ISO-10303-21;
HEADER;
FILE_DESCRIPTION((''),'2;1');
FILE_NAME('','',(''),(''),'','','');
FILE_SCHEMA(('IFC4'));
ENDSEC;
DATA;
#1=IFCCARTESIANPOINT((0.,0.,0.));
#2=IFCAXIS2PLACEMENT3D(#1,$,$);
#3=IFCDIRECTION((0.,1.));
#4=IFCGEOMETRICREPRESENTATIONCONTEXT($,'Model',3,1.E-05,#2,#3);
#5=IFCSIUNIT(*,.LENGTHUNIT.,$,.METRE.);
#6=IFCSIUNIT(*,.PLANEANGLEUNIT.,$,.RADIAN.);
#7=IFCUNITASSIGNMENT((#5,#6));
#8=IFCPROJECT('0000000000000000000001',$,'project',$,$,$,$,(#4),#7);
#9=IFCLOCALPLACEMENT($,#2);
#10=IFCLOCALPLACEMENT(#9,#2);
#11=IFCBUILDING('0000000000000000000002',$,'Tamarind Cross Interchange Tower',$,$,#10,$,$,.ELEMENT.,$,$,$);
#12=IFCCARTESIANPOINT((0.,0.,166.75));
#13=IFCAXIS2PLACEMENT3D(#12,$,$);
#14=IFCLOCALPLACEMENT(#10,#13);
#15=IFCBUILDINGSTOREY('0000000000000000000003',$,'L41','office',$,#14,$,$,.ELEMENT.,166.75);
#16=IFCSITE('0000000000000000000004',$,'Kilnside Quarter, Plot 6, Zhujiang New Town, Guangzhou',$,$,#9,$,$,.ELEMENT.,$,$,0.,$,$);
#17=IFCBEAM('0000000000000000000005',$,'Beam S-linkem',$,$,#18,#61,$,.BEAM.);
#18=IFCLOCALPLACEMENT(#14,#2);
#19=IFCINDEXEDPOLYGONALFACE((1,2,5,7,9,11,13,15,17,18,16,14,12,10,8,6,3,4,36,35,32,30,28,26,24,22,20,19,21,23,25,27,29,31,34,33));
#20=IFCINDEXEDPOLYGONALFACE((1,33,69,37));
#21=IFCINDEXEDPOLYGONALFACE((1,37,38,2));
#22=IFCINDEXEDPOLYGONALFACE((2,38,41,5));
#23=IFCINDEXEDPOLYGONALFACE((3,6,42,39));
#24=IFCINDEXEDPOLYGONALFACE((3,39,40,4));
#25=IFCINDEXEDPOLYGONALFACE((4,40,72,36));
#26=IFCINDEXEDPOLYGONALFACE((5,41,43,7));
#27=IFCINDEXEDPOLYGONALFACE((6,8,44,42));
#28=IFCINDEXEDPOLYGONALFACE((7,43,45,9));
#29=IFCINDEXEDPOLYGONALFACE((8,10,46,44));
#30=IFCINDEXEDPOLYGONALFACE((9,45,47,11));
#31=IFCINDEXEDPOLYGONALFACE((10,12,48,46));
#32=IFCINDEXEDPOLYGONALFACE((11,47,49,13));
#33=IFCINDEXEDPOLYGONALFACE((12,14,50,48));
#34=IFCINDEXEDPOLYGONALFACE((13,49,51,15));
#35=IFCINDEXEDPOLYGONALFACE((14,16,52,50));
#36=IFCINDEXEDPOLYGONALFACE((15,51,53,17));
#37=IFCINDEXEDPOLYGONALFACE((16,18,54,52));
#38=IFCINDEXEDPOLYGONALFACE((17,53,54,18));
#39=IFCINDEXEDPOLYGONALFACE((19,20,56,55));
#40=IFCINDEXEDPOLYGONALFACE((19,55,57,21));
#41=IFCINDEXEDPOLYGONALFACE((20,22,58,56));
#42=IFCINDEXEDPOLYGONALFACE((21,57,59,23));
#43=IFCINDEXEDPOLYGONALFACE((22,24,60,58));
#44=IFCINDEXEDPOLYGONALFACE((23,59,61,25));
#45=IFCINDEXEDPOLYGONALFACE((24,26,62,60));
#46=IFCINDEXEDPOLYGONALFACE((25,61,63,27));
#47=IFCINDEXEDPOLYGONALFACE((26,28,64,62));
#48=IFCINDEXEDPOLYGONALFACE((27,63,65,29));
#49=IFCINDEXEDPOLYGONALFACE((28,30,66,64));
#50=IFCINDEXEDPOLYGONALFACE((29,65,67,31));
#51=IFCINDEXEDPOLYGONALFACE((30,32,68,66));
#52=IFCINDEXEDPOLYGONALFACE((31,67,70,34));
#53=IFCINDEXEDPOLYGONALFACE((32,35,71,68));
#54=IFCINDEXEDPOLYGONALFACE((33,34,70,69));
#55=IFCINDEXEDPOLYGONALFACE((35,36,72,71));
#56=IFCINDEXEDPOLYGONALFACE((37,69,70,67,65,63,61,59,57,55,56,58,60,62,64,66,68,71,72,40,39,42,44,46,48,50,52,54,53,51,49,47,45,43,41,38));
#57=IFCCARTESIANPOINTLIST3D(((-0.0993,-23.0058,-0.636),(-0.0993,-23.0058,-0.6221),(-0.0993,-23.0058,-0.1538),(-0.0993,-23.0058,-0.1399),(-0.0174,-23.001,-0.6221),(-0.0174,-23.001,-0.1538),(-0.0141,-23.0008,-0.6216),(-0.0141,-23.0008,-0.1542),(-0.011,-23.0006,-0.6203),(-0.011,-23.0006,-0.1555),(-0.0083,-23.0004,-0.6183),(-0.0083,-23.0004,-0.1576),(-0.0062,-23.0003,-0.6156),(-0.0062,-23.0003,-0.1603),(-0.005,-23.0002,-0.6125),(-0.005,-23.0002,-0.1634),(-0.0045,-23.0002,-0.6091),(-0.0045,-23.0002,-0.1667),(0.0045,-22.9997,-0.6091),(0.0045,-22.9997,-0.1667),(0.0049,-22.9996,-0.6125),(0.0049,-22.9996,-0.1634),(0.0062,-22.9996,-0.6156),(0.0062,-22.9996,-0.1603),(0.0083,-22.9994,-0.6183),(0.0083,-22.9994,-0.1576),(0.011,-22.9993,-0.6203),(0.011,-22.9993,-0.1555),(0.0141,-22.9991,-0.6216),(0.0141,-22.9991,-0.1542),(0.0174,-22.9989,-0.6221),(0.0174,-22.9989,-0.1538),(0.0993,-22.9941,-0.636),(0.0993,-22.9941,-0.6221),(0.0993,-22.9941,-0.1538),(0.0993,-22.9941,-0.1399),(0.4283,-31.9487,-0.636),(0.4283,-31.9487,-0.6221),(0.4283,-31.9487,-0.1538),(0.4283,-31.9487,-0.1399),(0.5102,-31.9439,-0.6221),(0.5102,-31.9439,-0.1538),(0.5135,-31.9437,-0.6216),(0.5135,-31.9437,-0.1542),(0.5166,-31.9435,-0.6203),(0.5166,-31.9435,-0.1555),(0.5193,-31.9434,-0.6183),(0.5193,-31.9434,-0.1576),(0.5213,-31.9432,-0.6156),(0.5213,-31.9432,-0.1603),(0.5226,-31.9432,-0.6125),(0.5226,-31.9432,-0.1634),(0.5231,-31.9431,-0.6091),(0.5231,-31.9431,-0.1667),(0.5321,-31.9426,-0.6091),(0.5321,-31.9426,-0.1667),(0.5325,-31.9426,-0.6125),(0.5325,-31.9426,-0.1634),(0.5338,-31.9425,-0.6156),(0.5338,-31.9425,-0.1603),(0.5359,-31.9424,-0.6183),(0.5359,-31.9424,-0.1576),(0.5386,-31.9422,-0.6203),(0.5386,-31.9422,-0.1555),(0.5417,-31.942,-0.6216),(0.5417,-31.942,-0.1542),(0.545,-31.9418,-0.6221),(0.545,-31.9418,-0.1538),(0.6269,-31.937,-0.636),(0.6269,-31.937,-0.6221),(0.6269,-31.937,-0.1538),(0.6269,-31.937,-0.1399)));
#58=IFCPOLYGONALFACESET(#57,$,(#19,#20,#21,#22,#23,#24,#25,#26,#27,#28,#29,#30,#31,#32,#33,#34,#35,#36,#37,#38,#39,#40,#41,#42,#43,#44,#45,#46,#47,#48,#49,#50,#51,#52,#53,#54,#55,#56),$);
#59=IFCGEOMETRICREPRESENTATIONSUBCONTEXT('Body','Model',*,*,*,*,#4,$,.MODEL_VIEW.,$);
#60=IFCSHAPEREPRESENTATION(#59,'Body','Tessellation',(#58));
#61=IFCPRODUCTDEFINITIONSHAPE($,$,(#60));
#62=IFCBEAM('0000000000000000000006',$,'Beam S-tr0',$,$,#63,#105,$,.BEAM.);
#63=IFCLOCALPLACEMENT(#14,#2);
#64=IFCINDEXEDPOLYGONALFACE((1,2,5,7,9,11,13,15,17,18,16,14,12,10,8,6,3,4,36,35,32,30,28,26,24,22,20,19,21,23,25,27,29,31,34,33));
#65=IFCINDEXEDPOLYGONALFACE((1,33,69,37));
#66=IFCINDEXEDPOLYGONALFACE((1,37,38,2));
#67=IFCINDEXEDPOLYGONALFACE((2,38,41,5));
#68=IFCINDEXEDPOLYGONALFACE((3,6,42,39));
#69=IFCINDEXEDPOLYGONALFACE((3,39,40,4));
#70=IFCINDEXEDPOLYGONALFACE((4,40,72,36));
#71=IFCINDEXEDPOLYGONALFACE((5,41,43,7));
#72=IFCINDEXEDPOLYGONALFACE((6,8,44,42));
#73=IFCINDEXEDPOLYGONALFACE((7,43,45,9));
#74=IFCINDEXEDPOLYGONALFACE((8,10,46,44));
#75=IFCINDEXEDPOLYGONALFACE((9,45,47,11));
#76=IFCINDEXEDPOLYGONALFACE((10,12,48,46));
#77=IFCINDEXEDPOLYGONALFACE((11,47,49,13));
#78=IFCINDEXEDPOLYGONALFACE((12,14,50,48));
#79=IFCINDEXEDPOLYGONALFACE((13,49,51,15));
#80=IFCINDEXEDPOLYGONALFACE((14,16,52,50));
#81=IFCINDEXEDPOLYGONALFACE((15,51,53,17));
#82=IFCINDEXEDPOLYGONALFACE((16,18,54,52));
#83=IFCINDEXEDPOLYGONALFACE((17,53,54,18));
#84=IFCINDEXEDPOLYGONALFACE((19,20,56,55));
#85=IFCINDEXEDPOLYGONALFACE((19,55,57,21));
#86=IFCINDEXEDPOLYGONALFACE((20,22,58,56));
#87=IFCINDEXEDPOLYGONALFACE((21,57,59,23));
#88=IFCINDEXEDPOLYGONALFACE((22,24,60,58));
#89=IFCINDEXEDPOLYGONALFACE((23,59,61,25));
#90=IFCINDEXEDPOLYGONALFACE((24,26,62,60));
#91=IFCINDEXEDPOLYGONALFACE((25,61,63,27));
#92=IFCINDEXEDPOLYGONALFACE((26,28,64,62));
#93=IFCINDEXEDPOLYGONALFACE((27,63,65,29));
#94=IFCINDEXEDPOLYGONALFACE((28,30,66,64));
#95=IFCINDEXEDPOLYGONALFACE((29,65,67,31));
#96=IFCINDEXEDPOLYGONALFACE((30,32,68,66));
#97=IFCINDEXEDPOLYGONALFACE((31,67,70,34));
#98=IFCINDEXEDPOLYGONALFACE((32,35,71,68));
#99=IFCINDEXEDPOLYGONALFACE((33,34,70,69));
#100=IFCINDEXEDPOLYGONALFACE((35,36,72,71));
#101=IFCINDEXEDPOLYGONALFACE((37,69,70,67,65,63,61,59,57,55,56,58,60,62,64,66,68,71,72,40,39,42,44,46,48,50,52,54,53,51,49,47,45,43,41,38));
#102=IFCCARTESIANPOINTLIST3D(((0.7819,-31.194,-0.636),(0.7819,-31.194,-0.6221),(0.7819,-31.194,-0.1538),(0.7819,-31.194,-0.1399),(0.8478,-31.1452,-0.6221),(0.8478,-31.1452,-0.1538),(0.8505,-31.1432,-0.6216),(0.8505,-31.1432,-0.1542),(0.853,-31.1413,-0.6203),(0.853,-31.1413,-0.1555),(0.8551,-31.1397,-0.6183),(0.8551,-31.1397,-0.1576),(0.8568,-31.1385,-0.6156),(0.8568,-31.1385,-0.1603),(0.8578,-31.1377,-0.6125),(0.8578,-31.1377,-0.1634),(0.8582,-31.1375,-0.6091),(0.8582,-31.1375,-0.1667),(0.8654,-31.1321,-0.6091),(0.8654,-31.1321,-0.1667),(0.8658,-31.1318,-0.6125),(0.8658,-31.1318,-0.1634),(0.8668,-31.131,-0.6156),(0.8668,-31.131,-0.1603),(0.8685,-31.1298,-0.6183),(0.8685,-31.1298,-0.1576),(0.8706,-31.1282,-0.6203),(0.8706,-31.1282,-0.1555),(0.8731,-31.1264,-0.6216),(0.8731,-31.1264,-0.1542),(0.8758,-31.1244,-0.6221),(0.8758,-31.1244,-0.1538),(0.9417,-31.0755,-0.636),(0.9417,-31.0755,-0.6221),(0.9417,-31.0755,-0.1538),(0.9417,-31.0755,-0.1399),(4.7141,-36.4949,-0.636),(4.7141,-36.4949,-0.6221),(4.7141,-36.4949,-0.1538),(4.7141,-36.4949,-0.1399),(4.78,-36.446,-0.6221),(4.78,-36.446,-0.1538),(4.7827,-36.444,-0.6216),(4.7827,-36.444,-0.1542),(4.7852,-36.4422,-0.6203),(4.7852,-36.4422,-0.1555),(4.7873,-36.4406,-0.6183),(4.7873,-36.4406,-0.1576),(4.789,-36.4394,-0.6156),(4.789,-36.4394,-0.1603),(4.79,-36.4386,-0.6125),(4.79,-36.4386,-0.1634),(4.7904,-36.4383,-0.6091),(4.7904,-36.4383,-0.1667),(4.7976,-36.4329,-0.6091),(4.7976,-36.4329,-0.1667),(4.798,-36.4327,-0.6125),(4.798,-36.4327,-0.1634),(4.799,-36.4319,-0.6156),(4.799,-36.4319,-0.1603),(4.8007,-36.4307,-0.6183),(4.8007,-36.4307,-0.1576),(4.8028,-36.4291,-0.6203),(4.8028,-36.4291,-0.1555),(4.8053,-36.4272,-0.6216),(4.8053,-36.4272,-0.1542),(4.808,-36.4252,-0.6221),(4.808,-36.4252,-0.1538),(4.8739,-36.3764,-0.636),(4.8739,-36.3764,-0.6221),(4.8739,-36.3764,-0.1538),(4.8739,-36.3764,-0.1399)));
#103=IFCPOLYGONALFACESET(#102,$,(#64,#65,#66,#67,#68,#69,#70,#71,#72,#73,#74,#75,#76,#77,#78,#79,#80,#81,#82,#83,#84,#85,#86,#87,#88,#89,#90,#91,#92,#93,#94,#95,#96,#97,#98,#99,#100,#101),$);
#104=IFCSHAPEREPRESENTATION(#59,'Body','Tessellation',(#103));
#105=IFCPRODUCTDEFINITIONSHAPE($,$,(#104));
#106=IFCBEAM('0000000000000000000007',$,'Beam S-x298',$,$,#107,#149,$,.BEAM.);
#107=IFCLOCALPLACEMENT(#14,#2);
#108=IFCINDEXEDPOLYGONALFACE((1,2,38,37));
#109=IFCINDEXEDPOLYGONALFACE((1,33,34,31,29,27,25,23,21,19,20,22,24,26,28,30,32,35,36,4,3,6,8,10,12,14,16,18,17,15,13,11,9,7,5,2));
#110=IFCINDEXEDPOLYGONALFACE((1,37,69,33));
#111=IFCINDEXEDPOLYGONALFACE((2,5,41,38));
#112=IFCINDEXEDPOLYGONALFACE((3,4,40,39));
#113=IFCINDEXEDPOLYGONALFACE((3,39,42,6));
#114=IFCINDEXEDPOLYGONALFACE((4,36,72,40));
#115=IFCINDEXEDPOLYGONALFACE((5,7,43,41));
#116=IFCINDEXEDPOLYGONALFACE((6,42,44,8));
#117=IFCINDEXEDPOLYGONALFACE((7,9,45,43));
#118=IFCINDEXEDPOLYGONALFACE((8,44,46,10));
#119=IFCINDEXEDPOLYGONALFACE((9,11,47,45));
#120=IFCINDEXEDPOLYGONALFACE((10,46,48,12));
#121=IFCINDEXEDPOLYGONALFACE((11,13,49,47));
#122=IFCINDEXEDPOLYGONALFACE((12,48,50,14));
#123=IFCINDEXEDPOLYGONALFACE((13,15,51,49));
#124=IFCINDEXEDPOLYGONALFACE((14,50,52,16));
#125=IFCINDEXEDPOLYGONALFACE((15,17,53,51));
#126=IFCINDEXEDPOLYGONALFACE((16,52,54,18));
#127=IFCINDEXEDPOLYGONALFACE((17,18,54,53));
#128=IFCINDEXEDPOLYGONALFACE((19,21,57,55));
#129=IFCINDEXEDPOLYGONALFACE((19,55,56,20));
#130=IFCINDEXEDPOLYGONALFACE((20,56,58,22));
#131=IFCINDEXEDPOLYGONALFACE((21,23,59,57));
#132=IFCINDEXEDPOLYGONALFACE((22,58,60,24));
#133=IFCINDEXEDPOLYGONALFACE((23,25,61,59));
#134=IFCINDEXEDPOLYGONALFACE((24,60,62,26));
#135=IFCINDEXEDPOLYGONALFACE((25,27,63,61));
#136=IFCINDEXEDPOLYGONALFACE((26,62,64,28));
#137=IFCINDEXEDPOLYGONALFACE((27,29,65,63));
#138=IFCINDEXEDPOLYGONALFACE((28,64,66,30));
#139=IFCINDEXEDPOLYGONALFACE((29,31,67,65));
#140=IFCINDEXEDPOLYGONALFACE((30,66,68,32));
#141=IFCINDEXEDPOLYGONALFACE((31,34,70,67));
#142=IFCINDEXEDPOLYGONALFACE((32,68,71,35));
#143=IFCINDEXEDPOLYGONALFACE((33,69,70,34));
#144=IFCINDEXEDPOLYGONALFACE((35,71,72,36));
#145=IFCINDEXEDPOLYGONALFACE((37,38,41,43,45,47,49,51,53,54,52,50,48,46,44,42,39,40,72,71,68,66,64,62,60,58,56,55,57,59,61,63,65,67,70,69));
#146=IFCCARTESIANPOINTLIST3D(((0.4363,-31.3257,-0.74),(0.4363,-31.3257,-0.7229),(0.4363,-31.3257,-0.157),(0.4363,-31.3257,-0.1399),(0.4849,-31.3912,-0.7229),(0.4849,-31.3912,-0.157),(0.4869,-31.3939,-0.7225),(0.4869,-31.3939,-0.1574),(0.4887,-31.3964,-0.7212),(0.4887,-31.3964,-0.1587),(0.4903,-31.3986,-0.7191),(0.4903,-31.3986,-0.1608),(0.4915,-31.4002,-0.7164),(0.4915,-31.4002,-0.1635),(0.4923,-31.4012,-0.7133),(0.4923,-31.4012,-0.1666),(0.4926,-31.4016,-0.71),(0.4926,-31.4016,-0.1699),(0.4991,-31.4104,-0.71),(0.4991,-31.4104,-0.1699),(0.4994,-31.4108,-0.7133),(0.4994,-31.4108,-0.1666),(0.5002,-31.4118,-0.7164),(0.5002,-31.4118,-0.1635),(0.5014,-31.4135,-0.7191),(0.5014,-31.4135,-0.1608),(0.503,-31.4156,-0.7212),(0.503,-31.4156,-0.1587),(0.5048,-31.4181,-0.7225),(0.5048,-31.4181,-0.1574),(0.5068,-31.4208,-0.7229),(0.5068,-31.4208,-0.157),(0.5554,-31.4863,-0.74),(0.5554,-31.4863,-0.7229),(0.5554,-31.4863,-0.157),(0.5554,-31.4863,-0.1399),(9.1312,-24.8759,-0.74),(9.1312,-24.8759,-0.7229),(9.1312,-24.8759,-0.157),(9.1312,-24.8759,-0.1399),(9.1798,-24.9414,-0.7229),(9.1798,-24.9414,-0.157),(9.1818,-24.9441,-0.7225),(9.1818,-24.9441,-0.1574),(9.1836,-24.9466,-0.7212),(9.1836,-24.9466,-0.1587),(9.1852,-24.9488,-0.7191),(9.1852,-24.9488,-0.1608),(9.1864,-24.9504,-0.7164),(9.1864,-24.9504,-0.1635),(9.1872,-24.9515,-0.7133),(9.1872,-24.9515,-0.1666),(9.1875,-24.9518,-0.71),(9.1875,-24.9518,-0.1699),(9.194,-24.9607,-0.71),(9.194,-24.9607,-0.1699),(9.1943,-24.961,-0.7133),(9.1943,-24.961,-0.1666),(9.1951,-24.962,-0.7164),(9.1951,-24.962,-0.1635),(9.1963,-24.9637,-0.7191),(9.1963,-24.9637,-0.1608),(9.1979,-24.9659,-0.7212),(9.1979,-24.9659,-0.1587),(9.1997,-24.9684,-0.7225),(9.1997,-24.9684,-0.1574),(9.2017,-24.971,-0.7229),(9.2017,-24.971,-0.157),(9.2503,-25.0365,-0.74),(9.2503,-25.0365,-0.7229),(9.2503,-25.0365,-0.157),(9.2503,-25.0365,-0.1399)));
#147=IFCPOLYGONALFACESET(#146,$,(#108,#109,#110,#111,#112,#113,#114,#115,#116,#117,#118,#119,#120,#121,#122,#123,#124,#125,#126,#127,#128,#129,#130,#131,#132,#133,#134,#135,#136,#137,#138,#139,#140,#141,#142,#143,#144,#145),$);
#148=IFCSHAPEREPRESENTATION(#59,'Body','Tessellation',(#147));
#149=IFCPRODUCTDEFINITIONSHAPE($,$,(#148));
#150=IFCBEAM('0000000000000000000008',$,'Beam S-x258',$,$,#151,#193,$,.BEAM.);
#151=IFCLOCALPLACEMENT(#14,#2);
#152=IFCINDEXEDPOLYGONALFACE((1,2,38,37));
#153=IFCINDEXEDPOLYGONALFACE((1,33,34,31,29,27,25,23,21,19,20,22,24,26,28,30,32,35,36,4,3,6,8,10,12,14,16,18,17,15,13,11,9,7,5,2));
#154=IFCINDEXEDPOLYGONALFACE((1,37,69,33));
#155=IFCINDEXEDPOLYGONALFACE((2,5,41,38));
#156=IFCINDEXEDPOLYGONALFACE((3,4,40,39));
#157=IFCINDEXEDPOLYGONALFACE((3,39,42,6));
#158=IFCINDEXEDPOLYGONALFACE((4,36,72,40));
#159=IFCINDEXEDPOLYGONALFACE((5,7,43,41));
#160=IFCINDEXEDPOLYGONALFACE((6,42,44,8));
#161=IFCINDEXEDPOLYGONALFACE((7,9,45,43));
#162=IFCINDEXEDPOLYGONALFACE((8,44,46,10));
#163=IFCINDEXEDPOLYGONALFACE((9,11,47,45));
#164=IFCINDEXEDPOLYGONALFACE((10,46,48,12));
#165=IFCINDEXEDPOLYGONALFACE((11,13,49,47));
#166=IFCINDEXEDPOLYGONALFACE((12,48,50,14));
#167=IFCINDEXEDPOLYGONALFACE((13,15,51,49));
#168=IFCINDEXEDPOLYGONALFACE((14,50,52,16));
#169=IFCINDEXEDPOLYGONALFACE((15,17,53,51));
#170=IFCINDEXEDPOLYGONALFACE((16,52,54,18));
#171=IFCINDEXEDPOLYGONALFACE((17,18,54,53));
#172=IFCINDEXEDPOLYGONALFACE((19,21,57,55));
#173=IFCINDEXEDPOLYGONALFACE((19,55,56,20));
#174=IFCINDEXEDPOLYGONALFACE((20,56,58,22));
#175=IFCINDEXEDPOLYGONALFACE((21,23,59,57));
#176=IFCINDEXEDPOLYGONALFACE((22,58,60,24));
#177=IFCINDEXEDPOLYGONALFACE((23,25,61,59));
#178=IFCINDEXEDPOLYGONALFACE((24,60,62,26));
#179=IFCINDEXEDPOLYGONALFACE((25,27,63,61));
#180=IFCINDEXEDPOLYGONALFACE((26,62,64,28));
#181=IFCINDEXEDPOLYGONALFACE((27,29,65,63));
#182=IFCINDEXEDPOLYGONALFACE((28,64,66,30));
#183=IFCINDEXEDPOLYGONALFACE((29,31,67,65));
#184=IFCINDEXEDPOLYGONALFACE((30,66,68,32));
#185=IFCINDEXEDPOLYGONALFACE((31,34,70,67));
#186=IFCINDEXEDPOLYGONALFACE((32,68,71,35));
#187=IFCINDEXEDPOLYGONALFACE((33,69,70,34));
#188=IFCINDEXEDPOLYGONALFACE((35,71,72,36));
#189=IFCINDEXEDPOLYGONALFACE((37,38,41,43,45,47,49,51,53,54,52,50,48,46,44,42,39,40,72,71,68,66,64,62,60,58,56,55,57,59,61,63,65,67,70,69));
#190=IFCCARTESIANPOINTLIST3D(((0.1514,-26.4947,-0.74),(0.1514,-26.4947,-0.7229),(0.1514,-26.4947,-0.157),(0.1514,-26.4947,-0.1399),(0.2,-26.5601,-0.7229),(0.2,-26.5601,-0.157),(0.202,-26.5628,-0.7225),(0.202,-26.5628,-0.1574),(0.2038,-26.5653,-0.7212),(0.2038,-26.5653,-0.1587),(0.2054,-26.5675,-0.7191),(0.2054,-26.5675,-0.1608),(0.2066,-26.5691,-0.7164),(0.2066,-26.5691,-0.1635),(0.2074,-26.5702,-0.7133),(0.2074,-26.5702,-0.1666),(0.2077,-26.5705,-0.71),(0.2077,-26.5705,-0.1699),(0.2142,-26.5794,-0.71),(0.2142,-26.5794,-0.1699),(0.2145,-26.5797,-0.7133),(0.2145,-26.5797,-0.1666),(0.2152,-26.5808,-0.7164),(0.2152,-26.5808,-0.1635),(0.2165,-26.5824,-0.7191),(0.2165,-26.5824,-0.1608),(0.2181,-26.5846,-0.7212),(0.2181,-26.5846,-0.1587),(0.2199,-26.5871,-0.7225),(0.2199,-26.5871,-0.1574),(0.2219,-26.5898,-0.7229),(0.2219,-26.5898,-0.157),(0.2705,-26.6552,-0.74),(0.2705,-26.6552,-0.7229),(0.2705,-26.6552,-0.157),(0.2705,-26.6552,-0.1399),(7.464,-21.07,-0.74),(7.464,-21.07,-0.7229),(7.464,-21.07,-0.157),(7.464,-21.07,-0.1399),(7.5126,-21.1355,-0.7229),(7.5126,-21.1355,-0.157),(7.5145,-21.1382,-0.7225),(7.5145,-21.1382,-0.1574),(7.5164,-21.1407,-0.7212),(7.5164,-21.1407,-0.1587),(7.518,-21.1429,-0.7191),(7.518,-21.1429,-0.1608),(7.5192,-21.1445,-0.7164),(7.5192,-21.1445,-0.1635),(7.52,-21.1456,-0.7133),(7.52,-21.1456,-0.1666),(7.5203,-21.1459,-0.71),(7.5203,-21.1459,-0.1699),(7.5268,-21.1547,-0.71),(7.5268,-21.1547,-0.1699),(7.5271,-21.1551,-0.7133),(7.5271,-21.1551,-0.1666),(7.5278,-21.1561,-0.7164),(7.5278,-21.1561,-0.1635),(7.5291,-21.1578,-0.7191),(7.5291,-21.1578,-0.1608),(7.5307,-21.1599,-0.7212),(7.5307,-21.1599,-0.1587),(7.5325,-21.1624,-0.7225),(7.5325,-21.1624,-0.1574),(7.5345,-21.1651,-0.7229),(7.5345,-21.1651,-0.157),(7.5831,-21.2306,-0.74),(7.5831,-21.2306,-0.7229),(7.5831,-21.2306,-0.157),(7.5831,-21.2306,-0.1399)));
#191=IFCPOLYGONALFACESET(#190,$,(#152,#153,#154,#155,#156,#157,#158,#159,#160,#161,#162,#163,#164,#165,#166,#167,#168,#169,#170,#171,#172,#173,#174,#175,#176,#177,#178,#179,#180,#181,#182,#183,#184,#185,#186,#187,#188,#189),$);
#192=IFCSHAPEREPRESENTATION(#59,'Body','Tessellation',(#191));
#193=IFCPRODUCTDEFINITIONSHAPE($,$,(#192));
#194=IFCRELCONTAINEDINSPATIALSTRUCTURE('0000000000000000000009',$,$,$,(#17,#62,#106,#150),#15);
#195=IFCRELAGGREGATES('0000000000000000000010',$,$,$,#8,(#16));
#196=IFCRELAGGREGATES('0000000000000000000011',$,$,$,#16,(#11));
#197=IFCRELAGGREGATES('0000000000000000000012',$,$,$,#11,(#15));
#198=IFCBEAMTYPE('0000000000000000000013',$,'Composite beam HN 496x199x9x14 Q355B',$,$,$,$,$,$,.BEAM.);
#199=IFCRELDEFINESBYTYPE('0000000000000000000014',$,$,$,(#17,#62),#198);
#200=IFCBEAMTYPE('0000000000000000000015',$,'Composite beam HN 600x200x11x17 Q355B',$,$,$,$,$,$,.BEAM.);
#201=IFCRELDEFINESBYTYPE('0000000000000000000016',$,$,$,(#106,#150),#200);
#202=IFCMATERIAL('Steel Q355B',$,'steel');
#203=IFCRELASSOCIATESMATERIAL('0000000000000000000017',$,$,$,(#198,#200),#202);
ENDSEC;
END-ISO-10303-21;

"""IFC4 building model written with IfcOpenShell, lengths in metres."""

from ifc_helpers import new_model, si_unit, direction, frame, origin, origin_2d, place, context, subcontext, project, spatial, i_section, extrude, material, material_profile, profile_set, type_object, element, save


model = new_model("IFC4")

# Units and contexts
model_context = context("Model", 3, precision=1e-05, world=origin(), true_north=direction((0.0, 1.0)))
body_context = subcontext(model_context, "Body", "Model", "MODEL_VIEW")
ifc_project = project(units=[si_unit("LENGTHUNIT", "METRE"), si_unit("PLANEANGLEUNIT", "RADIAN")], contexts=[model_context])

# Site, building, storey
site_placement = place(None, origin())
site = spatial("IfcSite", under=ifc_project, at=site_placement, Name="Kilnside Quarter, Plot 6, Zhujiang New Town, Guangzhou", CompositionType="ELEMENT", RefElevation=0.0)
building_placement = place(site_placement, origin())
building = spatial("IfcBuilding", under=site, at=building_placement, Name="Tamarind Cross Interchange Tower", CompositionType="ELEMENT")
storey_placement = place(building_placement, frame((0.0, 0.0, 166.75)))
storey = spatial("IfcBuildingStorey", under=building, at=storey_placement, Name="L41", Description="office", CompositionType="ELEMENT", Elevation=166.75)

# Beams
ifc_material_1 = material(Name="Steel Q355B", Category="steel")
ifc_material_profile_1 = material_profile(ifc_material_1, i_section(OverallWidth=0.199, OverallDepth=0.4961, WebThickness=0.009, FlangeThickness=0.0139, FilletRadius=0.0129, at=origin_2d()), Name="HN 496x199x9x14")
ifc_profile_set_1 = profile_set([ifc_material_profile_1], Name="Steel Q355B")
beam_type_1 = type_object("IfcBeamType", Name="Composite beam HN 496x199x9x14 Q355B", PredefinedType="BEAM", material=ifc_profile_set_1)
beam_1_placement = place(storey_placement, frame((0.5276, -31.9429, -0.3879), z_axis=(-0.058893, 0.998264, 0.0), x_axis=(-0.998264, -0.058893, 0.0)))
element("IfcBeam", 1, at=beam_1_placement, inside=storey, type_object=beam_type_1, Name="Beam S-linkem", PredefinedType="BEAM", context=body_context, shape_type="SweptSolid", body=[
    extrude(i_section(OverallWidth=0.199, OverallDepth=0.4961, WebThickness=0.009, FlangeThickness=0.0139, FilletRadius=0.0129, at=origin_2d()), origin(), (0.0, 0.0, 1.0), 8.9585),
])
beam_2_placement = place(storey_placement, frame((0.8618, -31.1348, -0.3879), z_axis=(0.595778, -0.803149, 0.0), x_axis=(0.803149, 0.595778, 0.0)))
element("IfcBeam", 2, at=beam_2_placement, inside=storey, type_object=beam_type_1, Name="Beam S-tr0", PredefinedType="BEAM", context=body_context, shape_type="SweptSolid", body=[
    extrude(i_section(OverallWidth=0.199, OverallDepth=0.4961, WebThickness=0.009, FlangeThickness=0.0139, FilletRadius=0.0129, at=origin_2d()), origin(), (0.0, 0.0, 1.0), 6.6001),
])
ifc_material_profile_2 = material_profile(ifc_material_1, i_section(OverallWidth=0.2, OverallDepth=0.6001, WebThickness=0.011, FlangeThickness=0.0171, FilletRadius=0.0129, at=origin_2d()), Name="HN 600x200x11x17")
ifc_profile_set_2 = profile_set([ifc_material_profile_2], Name="Steel Q355B")
beam_type_2 = type_object("IfcBeamType", Name="Composite beam HN 600x200x11x17 Q355B", PredefinedType="BEAM", material=ifc_profile_set_2)
beam_3_placement = place(storey_placement, frame((0.4958, -31.406, -0.4399), z_axis=(0.803155, 0.59577, 0.0), x_axis=(-0.59577, 0.803155, 0.0)))
element("IfcBeam", 3, at=beam_3_placement, inside=storey, type_object=beam_type_2, Name="Beam S-x298", PredefinedType="BEAM", context=body_context, shape_type="SweptSolid", body=[
    extrude(i_section(OverallWidth=0.2, OverallDepth=0.6001, WebThickness=0.011, FlangeThickness=0.0171, FilletRadius=0.0129, at=origin_2d()), origin(), (0.0, 0.0, 1.0), 10.8259),
])
beam_4_placement = place(storey_placement, frame((0.2109, -26.575, -0.4399), z_axis=(0.803142, 0.595787, 0.0), x_axis=(-0.595787, 0.803142, 0.0)))
element("IfcBeam", 4, at=beam_4_placement, inside=storey, type_object=beam_type_2, Name="Beam S-x258", PredefinedType="BEAM", context=body_context, shape_type="SweptSolid", body=[
    extrude(i_section(OverallWidth=0.2, OverallDepth=0.6001, WebThickness=0.011, FlangeThickness=0.0171, FilletRadius=0.0129, at=origin_2d()), origin(), (0.0, 0.0, 1.0), 9.105),
])

save(model, "model.ifc")
